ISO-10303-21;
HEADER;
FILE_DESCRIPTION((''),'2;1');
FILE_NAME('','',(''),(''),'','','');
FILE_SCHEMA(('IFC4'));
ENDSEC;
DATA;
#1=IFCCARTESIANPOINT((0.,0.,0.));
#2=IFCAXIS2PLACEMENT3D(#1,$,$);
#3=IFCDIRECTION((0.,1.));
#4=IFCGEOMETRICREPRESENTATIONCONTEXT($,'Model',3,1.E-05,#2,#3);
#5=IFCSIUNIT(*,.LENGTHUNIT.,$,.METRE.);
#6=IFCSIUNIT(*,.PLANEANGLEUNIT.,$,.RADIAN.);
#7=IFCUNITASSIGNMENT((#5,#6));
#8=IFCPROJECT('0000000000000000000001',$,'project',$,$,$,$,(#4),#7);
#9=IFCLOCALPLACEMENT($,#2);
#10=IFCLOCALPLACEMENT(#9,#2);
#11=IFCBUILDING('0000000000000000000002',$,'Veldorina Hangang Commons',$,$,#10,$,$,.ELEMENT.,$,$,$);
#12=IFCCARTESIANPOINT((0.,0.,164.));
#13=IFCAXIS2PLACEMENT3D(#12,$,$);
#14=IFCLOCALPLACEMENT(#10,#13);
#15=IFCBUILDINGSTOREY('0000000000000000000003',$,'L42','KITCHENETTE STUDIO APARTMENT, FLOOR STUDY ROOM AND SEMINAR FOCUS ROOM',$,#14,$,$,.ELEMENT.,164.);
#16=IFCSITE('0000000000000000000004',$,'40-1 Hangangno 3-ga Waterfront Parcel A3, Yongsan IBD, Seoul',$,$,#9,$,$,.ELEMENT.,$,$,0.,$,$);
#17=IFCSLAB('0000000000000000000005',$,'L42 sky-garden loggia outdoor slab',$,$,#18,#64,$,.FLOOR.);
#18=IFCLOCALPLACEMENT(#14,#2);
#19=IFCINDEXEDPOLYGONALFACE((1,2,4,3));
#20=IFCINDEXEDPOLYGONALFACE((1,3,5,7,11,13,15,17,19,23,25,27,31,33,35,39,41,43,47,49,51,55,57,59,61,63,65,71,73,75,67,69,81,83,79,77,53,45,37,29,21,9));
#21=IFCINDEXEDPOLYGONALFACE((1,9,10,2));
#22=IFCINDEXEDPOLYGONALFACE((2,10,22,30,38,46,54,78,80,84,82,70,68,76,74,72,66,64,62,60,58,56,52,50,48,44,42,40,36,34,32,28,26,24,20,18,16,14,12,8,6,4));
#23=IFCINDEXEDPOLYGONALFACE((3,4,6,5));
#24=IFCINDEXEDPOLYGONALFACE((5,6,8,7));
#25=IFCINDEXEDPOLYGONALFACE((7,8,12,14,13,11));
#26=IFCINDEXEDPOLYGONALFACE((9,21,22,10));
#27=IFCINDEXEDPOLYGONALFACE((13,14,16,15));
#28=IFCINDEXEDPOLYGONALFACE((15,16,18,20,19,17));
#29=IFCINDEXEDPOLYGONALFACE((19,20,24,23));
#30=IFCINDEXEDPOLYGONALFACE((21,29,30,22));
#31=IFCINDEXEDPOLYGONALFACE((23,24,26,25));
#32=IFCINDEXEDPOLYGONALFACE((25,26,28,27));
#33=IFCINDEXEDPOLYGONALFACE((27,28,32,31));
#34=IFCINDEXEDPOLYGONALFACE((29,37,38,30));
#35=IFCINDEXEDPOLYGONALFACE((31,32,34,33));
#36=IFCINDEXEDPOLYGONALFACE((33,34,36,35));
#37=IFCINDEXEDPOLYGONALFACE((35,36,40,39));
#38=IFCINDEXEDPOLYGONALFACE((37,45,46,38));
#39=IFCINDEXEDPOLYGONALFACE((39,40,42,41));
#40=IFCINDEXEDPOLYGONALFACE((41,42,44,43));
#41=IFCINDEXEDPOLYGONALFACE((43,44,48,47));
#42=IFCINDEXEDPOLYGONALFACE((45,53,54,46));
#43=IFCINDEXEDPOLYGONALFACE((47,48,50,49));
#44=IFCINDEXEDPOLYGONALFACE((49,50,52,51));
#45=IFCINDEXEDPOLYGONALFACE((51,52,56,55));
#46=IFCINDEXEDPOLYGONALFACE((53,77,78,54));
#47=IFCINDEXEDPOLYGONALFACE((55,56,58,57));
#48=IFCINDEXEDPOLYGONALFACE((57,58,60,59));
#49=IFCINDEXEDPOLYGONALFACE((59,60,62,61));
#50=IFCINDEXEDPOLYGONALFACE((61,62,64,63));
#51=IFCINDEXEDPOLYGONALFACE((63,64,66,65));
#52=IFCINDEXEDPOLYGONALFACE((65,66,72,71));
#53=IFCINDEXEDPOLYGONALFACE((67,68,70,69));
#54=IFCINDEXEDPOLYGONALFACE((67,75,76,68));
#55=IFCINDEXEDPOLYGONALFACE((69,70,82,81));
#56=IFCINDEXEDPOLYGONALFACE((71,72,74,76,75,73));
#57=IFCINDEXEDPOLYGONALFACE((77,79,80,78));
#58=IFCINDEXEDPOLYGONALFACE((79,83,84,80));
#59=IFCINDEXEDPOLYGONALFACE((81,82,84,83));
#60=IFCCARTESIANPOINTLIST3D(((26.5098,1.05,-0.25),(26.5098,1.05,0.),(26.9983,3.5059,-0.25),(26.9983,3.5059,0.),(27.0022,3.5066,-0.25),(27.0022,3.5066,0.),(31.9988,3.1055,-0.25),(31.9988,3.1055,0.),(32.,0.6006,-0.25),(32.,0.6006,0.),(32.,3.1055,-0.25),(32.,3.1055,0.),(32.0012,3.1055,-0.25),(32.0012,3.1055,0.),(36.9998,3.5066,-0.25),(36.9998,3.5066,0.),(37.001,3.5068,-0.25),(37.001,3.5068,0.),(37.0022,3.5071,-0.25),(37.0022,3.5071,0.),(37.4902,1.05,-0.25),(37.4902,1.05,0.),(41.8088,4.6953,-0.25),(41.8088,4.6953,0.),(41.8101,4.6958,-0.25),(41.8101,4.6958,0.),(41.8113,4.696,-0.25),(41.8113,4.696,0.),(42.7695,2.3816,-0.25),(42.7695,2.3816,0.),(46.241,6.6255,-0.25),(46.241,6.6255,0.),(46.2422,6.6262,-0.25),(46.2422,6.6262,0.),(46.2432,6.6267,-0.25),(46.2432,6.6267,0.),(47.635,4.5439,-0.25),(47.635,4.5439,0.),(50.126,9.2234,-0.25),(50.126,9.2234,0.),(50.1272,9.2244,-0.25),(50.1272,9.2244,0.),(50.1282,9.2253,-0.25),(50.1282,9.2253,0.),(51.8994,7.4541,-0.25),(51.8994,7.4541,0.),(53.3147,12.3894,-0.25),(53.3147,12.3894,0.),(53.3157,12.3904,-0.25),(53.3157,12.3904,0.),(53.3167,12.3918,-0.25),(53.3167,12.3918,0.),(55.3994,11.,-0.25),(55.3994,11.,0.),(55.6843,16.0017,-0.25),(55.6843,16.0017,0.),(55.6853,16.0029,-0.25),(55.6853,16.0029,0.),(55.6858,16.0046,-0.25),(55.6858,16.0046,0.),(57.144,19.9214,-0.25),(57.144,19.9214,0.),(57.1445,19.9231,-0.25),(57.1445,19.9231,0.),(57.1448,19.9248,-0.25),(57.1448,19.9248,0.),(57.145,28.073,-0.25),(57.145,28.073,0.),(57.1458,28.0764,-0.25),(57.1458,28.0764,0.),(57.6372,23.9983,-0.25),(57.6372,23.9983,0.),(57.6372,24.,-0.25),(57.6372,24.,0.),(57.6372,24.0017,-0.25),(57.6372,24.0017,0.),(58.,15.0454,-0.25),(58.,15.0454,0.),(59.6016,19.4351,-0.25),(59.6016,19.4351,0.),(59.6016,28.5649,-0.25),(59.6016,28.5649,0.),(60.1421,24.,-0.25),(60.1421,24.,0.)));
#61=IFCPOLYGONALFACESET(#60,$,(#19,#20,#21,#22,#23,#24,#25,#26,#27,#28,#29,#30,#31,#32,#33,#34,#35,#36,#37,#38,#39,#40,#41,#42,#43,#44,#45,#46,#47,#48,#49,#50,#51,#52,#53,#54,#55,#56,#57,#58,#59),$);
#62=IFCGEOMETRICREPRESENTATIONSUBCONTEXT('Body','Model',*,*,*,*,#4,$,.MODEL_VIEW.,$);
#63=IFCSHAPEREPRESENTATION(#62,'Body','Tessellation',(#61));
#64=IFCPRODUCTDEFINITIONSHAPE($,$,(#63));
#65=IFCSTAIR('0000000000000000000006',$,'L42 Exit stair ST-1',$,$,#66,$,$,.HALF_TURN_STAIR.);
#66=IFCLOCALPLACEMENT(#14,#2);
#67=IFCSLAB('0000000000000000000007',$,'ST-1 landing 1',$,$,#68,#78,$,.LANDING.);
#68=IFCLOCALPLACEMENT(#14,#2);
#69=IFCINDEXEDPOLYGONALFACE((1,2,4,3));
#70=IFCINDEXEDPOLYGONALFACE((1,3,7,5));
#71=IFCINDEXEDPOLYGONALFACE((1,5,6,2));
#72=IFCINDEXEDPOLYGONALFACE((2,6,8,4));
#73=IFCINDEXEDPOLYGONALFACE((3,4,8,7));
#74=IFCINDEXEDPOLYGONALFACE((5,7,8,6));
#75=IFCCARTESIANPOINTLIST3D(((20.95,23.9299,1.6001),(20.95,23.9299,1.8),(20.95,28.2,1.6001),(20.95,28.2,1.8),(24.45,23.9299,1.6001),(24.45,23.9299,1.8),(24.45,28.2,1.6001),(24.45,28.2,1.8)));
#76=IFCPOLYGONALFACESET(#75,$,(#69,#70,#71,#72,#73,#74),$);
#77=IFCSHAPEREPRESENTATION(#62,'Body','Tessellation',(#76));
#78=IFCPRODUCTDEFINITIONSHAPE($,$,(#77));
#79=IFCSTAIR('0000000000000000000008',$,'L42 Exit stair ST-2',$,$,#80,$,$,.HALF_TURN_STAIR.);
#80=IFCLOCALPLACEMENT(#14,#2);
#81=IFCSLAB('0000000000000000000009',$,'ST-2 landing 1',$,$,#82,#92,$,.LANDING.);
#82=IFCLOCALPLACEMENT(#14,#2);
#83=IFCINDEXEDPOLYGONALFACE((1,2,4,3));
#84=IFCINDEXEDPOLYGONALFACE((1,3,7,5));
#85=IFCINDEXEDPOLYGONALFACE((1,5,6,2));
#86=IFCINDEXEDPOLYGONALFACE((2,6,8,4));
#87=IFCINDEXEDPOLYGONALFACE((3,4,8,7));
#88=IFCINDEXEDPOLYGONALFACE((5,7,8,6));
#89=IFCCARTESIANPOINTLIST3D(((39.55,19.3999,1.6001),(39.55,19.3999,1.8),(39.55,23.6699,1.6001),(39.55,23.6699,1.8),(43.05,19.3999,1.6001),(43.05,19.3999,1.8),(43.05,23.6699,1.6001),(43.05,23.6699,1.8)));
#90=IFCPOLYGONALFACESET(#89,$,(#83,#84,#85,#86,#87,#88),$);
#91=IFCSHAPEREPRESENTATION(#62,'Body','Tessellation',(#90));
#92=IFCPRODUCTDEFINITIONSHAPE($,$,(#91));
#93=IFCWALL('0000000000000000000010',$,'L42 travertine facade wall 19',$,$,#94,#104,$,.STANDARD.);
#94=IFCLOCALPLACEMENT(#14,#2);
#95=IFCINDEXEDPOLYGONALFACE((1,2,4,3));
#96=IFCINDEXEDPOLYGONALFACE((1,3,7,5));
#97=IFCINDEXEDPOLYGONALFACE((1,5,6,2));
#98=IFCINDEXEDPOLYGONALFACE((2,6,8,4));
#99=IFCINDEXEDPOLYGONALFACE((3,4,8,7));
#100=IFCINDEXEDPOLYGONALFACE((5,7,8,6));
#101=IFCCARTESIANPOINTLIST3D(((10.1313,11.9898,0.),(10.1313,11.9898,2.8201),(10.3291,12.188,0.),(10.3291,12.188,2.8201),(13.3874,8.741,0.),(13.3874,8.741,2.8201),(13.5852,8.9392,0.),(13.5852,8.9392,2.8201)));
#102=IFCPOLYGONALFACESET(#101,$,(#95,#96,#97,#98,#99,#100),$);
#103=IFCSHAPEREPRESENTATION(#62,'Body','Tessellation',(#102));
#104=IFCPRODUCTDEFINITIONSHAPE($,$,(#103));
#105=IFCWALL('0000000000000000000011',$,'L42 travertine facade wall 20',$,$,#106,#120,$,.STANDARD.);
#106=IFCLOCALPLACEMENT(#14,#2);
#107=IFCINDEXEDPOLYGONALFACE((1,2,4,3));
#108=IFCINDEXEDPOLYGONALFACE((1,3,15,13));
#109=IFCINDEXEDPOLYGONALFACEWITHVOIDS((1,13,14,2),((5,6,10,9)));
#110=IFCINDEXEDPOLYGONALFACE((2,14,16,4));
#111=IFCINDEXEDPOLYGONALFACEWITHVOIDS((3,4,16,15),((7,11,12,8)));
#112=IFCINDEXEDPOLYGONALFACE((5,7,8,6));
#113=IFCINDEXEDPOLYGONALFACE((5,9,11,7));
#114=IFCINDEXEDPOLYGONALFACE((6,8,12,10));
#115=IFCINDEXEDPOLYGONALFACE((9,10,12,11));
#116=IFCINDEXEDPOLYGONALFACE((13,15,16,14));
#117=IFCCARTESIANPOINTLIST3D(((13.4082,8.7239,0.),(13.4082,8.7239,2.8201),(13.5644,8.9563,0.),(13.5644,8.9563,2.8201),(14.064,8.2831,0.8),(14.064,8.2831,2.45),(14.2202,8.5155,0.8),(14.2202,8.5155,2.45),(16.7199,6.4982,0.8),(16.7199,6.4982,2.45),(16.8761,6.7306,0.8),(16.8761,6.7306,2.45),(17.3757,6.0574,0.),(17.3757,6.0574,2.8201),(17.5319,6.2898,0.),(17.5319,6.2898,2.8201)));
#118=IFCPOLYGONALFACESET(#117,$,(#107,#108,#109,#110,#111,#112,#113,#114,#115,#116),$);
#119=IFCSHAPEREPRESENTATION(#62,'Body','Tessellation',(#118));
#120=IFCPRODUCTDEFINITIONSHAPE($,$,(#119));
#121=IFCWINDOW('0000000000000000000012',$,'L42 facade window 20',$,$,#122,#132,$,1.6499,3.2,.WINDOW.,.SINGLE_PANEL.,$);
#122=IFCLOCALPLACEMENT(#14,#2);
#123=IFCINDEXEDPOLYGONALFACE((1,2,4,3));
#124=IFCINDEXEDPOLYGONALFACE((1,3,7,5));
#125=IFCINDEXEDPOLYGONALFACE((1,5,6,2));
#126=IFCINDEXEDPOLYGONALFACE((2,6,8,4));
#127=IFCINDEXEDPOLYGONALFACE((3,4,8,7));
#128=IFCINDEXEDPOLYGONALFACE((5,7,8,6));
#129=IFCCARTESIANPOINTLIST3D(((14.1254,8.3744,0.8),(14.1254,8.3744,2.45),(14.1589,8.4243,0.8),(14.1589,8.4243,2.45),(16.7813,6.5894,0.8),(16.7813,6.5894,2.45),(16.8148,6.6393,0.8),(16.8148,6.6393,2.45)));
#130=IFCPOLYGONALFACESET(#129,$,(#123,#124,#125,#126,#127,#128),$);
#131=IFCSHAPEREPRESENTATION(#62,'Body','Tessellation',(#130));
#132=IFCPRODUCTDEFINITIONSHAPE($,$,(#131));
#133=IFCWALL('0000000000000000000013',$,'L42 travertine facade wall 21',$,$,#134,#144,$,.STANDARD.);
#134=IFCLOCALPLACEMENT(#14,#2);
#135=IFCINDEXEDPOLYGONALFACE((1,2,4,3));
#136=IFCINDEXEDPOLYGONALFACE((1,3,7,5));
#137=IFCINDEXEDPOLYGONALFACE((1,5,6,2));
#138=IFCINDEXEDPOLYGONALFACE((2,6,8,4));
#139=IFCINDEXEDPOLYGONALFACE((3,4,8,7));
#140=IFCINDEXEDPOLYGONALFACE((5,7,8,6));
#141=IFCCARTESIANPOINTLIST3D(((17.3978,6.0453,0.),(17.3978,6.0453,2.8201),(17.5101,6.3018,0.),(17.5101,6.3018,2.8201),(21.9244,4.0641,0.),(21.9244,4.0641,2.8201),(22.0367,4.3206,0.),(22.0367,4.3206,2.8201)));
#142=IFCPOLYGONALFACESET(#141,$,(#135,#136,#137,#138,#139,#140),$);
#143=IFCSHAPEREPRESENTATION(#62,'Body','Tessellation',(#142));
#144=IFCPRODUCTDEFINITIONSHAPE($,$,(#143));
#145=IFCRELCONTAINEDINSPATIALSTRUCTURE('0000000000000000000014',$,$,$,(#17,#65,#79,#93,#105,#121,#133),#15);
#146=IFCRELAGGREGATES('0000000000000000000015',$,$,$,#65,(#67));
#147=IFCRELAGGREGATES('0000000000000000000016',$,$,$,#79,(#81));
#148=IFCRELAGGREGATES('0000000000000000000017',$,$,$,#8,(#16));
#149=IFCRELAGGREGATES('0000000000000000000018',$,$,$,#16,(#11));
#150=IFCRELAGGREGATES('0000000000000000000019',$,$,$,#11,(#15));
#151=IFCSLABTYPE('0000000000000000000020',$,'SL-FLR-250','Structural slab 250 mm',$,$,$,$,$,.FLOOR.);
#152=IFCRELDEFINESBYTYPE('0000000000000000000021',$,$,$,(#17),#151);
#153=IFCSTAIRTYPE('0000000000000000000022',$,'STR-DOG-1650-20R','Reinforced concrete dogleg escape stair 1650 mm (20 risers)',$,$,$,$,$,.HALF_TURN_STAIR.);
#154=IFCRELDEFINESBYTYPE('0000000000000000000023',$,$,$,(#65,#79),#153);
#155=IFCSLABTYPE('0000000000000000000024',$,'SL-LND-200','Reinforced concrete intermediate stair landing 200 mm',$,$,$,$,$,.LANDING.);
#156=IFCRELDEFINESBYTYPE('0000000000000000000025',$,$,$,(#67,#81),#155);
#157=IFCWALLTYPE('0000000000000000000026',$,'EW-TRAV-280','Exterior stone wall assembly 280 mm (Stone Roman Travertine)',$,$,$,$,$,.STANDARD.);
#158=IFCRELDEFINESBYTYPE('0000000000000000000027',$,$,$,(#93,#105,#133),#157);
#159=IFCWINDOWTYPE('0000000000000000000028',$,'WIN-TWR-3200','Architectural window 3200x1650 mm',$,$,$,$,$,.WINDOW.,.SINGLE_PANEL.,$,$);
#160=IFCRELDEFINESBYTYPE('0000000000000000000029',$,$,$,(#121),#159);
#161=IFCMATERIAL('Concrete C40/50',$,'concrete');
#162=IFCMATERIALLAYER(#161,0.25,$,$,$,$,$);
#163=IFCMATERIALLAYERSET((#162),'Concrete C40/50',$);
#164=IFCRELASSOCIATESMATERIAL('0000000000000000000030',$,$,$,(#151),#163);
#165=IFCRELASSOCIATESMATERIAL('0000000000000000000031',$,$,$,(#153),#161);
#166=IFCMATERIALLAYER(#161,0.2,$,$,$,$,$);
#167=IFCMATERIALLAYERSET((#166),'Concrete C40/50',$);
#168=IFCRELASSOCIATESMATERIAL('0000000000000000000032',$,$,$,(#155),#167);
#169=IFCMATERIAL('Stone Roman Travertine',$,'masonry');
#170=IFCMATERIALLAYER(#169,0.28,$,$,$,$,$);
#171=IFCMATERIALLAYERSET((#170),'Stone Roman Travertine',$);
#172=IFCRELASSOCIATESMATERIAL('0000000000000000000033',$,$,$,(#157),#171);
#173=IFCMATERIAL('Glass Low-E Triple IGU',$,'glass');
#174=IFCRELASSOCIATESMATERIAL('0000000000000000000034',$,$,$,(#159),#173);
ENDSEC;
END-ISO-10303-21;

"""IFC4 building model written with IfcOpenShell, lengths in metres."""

from ifc_helpers import new_model, si_unit, direction, frame, frame_2d, origin, place, context, subcontext, project, spatial, polyline, rectangle, outline, extrude, material, layer, layer_set, type_object, element, fill, aggregate, save


model = new_model("IFC4")

# Units and contexts
model_context = context("Model", 3, precision=1e-05, world=origin(), true_north=direction((0.0, 1.0)))
body_context = subcontext(model_context, "Body", "Model", "MODEL_VIEW")
ifc_project = project(units=[si_unit("LENGTHUNIT", "METRE"), si_unit("PLANEANGLEUNIT", "RADIAN")], contexts=[model_context])

# Site, building, storey
site_placement = place(None, origin())
site = spatial("IfcSite", under=ifc_project, at=site_placement, Name="40-1 Hangangno 3-ga Waterfront Parcel A3, Yongsan IBD, Seoul", CompositionType="ELEMENT", RefElevation=0.0)
building_placement = place(site_placement, origin())
building = spatial("IfcBuilding", under=site, at=building_placement, Name="Veldorina Hangang Commons", CompositionType="ELEMENT")
storey_placement = place(building_placement, frame((0.0, 0.0, 164.0)))
storey = spatial("IfcBuildingStorey", under=building, at=storey_placement, Name="L42", Description="KITCHENETTE STUDIO APARTMENT, FLOOR STUDY ROOM AND SEMINAR FOCUS ROOM", CompositionType="ELEMENT", Elevation=164.0)

# Slab
ifc_material_1 = material(Name="Concrete C40/50", Category="concrete")
ifc_layer_1 = layer(ifc_material_1, 0.25)
ifc_layer_set_1 = layer_set([ifc_layer_1], Name="Concrete C40/50")
slab_type_1 = type_object("IfcSlabType", Name="SL-FLR-250", Description="Structural slab 250 mm", PredefinedType="FLOOR", material=ifc_layer_set_1)
slab_1_placement = place(storey_placement, frame((0.0, 0.0, -0.25)))
element("IfcSlab", 1, at=slab_1_placement, inside=storey, type_object=slab_type_1, Name="L42 sky-garden loggia outdoor slab", PredefinedType="FLOOR", context=body_context, shape_type="SweptSolid", body=[
    extrude(outline(polyline([(59.6016, 28.5649), (60.1421, 24.0), (59.6016, 19.4351), (58.0, 15.0454), (55.3994, 11.0), (51.8994, 7.4541), (47.635, 4.5439), (42.7695, 2.3816), (37.4902, 1.05), (32.0, 0.6006), (26.5098, 1.05), (26.9983, 3.5059), (27.0022, 3.5066), (31.9988, 3.1055), (32.0, 3.1055), (32.0012, 3.1055), (36.9998, 3.5066), (37.001, 3.5068), (37.0022, 3.5071), (41.8088, 4.6953), (41.8101, 4.6958), (41.8113, 4.696), (46.241, 6.6255), (46.2422, 6.6262), (46.2432, 6.6267), (50.126, 9.2234), (50.1272, 9.2244), (50.1282, 9.2253), (53.3147, 12.3894), (53.3157, 12.3904), (53.3167, 12.3918), (55.6843, 16.0017), (55.6853, 16.0029), (55.6858, 16.0046), (57.144, 19.9214), (57.1445, 19.9231), (57.1448, 19.9248), (57.6372, 23.9983), (57.6372, 24.0), (57.6372, 24.0017), (57.145, 28.073), (57.1458, 28.0764), (59.6016, 28.5649)])), origin(), (0.0, 0.0, 1.0), 0.25),
])

# Stairs, slabs
stair_type = type_object("IfcStairType", Name="STR-DOG-1650-20R", Description="Reinforced concrete dogleg escape stair 1650 mm (20 risers)", PredefinedType="HALF_TURN_STAIR", material=ifc_material_1)
stair_1_placement = place(storey_placement, origin())
stair_1 = element("IfcStair", 2, at=stair_1_placement, inside=storey, type_object=stair_type, Name="L42 Exit stair ST-1", PredefinedType="HALF_TURN_STAIR")
ifc_layer_2 = layer(ifc_material_1, 0.2)
ifc_layer_set_2 = layer_set([ifc_layer_2], Name="Concrete C40/50")
slab_type_2 = type_object("IfcSlabType", Name="SL-LND-200", Description="Reinforced concrete intermediate stair landing 200 mm", PredefinedType="LANDING", material=ifc_layer_set_2)
slab_2_placement = place(storey_placement, frame((0.0, 0.0, 1.6001)))
slab_2 = element("IfcSlab", 3, at=slab_2_placement, type_object=slab_type_2, Name="ST-1 landing 1", PredefinedType="LANDING", context=body_context, shape_type="SweptSolid", body=[
    extrude(outline(polyline([(24.45, 23.9299), (24.45, 28.2), (20.95, 28.2), (20.95, 23.9299), (24.45, 23.9299)])), origin(), (0.0, 0.0, 1.0), 0.2),
])
aggregate(stair_1, [slab_2])
stair_2_placement = place(storey_placement, origin())
stair_2 = element("IfcStair", 4, at=stair_2_placement, inside=storey, type_object=stair_type, Name="L42 Exit stair ST-2", PredefinedType="HALF_TURN_STAIR")
slab_3_placement = place(storey_placement, frame((0.0, 0.0, 1.6001)))
slab_3 = element("IfcSlab", 5, at=slab_3_placement, type_object=slab_type_2, Name="ST-2 landing 1", PredefinedType="LANDING", context=body_context, shape_type="SweptSolid", body=[
    extrude(outline(polyline([(39.55, 23.6699), (39.55, 19.3999), (43.05, 19.3999), (43.05, 23.6699), (39.55, 23.6699)])), origin(), (0.0, 0.0, 1.0), 0.2),
])
aggregate(stair_2, [slab_3])

# Wall
ifc_material_2 = material(Name="Stone Roman Travertine", Category="masonry")
ifc_layer_3 = layer(ifc_material_2, 0.28)
ifc_layer_set_3 = layer_set([ifc_layer_3], Name="Stone Roman Travertine")
wall_type = type_object("IfcWallType", Name="EW-TRAV-280", Description="Exterior stone wall assembly 280 mm (Stone Roman Travertine)", PredefinedType="STANDARD", material=ifc_layer_set_3)
wall_1_placement = place(storey_placement, frame((10.2302, 12.0889, 0.0), z_axis=(0.0, 0.0, 1.0), x_axis=(0.707903, -0.70631, 0.0)))
element("IfcWall", 6, at=wall_1_placement, inside=storey, type_object=wall_type, Name="L42 travertine facade wall 19", PredefinedType="STANDARD", context=body_context, shape_type="SweptSolid", body=[
    extrude(rectangle(XDim=4.5996, YDim=0.28, at=frame_2d((2.2998, 0.0))), origin(), (0.0, 0.0, 1.0), 2.8201),
])

# Wall, opening, window
wall_2_placement = place(storey_placement, frame((13.4863, 8.8401, 0.0), z_axis=(0.0, 0.0, 1.0), x_axis=(0.82997, -0.557808, 0.0)))
wall_2 = element("IfcWall", 7, at=wall_2_placement, inside=storey, type_object=wall_type, Name="L42 travertine facade wall 20", PredefinedType="STANDARD", context=body_context, shape_type="SweptSolid", body=[
    extrude(rectangle(XDim=4.7803, YDim=0.28, at=frame_2d((2.3901, 0.0))), origin(), (0.0, 0.0, 1.0), 2.8201),
])
opening_placement = place(wall_2_placement, frame((0.79, 0.0, 0.8)))
opening = element("IfcOpeningElement", 8, at=opening_placement, cuts=wall_2, PredefinedType="OPENING", context=body_context, shape_type="SweptSolid", body=[
    extrude(rectangle(XDim=3.2, YDim=1.6499, at=frame_2d((1.6001, 0.825))), frame((0.0, 0.1499, 0.0), z_axis=(0.0, -1.0, 0.0), x_axis=(1.0, 0.0, 0.0)), (0.0, 0.0, 1.0), 0.3),
])
ifc_material_3 = material(Name="Glass Low-E Triple IGU", Category="glass")
window_type = type_object("IfcWindowType", Name="WIN-TWR-3200", Description="Architectural window 3200x1650 mm", PartitioningType="SINGLE_PANEL", PredefinedType="WINDOW", material=ifc_material_3)
window_placement = place(opening_placement, origin())
window = element("IfcWindow", 9, at=window_placement, inside=storey, type_object=window_type, Name="L42 facade window 20", OverallHeight=1.6499, OverallWidth=3.2, PartitioningType="SINGLE_PANEL", PredefinedType="WINDOW", context=body_context, shape_type="SweptSolid", body=[
    extrude(rectangle(XDim=3.2, YDim=1.6499, at=frame_2d((1.6001, 0.825))), frame((0.0, 0.03, 0.0), z_axis=(0.0, -1.0, 0.0), x_axis=(1.0, 0.0, 0.0)), (0.0, 0.0, 1.0), 0.0601),
])
fill(opening, window)

# Wall
wall_3_placement = place(storey_placement, frame((17.4539, 6.1736, 0.0), z_axis=(0.0, 0.0, 1.0), x_axis=(0.916097, -0.400956, 0.0)))
element("IfcWall", 10, at=wall_3_placement, inside=storey, type_object=wall_type, Name="L42 travertine facade wall 21", PredefinedType="STANDARD", context=body_context, shape_type="SweptSolid", body=[
    extrude(rectangle(XDim=4.9412, YDim=0.28, at=frame_2d((2.4707, 0.0))), origin(), (0.0, 0.0, 1.0), 2.8201),
])

save(model, "model.ifc")
